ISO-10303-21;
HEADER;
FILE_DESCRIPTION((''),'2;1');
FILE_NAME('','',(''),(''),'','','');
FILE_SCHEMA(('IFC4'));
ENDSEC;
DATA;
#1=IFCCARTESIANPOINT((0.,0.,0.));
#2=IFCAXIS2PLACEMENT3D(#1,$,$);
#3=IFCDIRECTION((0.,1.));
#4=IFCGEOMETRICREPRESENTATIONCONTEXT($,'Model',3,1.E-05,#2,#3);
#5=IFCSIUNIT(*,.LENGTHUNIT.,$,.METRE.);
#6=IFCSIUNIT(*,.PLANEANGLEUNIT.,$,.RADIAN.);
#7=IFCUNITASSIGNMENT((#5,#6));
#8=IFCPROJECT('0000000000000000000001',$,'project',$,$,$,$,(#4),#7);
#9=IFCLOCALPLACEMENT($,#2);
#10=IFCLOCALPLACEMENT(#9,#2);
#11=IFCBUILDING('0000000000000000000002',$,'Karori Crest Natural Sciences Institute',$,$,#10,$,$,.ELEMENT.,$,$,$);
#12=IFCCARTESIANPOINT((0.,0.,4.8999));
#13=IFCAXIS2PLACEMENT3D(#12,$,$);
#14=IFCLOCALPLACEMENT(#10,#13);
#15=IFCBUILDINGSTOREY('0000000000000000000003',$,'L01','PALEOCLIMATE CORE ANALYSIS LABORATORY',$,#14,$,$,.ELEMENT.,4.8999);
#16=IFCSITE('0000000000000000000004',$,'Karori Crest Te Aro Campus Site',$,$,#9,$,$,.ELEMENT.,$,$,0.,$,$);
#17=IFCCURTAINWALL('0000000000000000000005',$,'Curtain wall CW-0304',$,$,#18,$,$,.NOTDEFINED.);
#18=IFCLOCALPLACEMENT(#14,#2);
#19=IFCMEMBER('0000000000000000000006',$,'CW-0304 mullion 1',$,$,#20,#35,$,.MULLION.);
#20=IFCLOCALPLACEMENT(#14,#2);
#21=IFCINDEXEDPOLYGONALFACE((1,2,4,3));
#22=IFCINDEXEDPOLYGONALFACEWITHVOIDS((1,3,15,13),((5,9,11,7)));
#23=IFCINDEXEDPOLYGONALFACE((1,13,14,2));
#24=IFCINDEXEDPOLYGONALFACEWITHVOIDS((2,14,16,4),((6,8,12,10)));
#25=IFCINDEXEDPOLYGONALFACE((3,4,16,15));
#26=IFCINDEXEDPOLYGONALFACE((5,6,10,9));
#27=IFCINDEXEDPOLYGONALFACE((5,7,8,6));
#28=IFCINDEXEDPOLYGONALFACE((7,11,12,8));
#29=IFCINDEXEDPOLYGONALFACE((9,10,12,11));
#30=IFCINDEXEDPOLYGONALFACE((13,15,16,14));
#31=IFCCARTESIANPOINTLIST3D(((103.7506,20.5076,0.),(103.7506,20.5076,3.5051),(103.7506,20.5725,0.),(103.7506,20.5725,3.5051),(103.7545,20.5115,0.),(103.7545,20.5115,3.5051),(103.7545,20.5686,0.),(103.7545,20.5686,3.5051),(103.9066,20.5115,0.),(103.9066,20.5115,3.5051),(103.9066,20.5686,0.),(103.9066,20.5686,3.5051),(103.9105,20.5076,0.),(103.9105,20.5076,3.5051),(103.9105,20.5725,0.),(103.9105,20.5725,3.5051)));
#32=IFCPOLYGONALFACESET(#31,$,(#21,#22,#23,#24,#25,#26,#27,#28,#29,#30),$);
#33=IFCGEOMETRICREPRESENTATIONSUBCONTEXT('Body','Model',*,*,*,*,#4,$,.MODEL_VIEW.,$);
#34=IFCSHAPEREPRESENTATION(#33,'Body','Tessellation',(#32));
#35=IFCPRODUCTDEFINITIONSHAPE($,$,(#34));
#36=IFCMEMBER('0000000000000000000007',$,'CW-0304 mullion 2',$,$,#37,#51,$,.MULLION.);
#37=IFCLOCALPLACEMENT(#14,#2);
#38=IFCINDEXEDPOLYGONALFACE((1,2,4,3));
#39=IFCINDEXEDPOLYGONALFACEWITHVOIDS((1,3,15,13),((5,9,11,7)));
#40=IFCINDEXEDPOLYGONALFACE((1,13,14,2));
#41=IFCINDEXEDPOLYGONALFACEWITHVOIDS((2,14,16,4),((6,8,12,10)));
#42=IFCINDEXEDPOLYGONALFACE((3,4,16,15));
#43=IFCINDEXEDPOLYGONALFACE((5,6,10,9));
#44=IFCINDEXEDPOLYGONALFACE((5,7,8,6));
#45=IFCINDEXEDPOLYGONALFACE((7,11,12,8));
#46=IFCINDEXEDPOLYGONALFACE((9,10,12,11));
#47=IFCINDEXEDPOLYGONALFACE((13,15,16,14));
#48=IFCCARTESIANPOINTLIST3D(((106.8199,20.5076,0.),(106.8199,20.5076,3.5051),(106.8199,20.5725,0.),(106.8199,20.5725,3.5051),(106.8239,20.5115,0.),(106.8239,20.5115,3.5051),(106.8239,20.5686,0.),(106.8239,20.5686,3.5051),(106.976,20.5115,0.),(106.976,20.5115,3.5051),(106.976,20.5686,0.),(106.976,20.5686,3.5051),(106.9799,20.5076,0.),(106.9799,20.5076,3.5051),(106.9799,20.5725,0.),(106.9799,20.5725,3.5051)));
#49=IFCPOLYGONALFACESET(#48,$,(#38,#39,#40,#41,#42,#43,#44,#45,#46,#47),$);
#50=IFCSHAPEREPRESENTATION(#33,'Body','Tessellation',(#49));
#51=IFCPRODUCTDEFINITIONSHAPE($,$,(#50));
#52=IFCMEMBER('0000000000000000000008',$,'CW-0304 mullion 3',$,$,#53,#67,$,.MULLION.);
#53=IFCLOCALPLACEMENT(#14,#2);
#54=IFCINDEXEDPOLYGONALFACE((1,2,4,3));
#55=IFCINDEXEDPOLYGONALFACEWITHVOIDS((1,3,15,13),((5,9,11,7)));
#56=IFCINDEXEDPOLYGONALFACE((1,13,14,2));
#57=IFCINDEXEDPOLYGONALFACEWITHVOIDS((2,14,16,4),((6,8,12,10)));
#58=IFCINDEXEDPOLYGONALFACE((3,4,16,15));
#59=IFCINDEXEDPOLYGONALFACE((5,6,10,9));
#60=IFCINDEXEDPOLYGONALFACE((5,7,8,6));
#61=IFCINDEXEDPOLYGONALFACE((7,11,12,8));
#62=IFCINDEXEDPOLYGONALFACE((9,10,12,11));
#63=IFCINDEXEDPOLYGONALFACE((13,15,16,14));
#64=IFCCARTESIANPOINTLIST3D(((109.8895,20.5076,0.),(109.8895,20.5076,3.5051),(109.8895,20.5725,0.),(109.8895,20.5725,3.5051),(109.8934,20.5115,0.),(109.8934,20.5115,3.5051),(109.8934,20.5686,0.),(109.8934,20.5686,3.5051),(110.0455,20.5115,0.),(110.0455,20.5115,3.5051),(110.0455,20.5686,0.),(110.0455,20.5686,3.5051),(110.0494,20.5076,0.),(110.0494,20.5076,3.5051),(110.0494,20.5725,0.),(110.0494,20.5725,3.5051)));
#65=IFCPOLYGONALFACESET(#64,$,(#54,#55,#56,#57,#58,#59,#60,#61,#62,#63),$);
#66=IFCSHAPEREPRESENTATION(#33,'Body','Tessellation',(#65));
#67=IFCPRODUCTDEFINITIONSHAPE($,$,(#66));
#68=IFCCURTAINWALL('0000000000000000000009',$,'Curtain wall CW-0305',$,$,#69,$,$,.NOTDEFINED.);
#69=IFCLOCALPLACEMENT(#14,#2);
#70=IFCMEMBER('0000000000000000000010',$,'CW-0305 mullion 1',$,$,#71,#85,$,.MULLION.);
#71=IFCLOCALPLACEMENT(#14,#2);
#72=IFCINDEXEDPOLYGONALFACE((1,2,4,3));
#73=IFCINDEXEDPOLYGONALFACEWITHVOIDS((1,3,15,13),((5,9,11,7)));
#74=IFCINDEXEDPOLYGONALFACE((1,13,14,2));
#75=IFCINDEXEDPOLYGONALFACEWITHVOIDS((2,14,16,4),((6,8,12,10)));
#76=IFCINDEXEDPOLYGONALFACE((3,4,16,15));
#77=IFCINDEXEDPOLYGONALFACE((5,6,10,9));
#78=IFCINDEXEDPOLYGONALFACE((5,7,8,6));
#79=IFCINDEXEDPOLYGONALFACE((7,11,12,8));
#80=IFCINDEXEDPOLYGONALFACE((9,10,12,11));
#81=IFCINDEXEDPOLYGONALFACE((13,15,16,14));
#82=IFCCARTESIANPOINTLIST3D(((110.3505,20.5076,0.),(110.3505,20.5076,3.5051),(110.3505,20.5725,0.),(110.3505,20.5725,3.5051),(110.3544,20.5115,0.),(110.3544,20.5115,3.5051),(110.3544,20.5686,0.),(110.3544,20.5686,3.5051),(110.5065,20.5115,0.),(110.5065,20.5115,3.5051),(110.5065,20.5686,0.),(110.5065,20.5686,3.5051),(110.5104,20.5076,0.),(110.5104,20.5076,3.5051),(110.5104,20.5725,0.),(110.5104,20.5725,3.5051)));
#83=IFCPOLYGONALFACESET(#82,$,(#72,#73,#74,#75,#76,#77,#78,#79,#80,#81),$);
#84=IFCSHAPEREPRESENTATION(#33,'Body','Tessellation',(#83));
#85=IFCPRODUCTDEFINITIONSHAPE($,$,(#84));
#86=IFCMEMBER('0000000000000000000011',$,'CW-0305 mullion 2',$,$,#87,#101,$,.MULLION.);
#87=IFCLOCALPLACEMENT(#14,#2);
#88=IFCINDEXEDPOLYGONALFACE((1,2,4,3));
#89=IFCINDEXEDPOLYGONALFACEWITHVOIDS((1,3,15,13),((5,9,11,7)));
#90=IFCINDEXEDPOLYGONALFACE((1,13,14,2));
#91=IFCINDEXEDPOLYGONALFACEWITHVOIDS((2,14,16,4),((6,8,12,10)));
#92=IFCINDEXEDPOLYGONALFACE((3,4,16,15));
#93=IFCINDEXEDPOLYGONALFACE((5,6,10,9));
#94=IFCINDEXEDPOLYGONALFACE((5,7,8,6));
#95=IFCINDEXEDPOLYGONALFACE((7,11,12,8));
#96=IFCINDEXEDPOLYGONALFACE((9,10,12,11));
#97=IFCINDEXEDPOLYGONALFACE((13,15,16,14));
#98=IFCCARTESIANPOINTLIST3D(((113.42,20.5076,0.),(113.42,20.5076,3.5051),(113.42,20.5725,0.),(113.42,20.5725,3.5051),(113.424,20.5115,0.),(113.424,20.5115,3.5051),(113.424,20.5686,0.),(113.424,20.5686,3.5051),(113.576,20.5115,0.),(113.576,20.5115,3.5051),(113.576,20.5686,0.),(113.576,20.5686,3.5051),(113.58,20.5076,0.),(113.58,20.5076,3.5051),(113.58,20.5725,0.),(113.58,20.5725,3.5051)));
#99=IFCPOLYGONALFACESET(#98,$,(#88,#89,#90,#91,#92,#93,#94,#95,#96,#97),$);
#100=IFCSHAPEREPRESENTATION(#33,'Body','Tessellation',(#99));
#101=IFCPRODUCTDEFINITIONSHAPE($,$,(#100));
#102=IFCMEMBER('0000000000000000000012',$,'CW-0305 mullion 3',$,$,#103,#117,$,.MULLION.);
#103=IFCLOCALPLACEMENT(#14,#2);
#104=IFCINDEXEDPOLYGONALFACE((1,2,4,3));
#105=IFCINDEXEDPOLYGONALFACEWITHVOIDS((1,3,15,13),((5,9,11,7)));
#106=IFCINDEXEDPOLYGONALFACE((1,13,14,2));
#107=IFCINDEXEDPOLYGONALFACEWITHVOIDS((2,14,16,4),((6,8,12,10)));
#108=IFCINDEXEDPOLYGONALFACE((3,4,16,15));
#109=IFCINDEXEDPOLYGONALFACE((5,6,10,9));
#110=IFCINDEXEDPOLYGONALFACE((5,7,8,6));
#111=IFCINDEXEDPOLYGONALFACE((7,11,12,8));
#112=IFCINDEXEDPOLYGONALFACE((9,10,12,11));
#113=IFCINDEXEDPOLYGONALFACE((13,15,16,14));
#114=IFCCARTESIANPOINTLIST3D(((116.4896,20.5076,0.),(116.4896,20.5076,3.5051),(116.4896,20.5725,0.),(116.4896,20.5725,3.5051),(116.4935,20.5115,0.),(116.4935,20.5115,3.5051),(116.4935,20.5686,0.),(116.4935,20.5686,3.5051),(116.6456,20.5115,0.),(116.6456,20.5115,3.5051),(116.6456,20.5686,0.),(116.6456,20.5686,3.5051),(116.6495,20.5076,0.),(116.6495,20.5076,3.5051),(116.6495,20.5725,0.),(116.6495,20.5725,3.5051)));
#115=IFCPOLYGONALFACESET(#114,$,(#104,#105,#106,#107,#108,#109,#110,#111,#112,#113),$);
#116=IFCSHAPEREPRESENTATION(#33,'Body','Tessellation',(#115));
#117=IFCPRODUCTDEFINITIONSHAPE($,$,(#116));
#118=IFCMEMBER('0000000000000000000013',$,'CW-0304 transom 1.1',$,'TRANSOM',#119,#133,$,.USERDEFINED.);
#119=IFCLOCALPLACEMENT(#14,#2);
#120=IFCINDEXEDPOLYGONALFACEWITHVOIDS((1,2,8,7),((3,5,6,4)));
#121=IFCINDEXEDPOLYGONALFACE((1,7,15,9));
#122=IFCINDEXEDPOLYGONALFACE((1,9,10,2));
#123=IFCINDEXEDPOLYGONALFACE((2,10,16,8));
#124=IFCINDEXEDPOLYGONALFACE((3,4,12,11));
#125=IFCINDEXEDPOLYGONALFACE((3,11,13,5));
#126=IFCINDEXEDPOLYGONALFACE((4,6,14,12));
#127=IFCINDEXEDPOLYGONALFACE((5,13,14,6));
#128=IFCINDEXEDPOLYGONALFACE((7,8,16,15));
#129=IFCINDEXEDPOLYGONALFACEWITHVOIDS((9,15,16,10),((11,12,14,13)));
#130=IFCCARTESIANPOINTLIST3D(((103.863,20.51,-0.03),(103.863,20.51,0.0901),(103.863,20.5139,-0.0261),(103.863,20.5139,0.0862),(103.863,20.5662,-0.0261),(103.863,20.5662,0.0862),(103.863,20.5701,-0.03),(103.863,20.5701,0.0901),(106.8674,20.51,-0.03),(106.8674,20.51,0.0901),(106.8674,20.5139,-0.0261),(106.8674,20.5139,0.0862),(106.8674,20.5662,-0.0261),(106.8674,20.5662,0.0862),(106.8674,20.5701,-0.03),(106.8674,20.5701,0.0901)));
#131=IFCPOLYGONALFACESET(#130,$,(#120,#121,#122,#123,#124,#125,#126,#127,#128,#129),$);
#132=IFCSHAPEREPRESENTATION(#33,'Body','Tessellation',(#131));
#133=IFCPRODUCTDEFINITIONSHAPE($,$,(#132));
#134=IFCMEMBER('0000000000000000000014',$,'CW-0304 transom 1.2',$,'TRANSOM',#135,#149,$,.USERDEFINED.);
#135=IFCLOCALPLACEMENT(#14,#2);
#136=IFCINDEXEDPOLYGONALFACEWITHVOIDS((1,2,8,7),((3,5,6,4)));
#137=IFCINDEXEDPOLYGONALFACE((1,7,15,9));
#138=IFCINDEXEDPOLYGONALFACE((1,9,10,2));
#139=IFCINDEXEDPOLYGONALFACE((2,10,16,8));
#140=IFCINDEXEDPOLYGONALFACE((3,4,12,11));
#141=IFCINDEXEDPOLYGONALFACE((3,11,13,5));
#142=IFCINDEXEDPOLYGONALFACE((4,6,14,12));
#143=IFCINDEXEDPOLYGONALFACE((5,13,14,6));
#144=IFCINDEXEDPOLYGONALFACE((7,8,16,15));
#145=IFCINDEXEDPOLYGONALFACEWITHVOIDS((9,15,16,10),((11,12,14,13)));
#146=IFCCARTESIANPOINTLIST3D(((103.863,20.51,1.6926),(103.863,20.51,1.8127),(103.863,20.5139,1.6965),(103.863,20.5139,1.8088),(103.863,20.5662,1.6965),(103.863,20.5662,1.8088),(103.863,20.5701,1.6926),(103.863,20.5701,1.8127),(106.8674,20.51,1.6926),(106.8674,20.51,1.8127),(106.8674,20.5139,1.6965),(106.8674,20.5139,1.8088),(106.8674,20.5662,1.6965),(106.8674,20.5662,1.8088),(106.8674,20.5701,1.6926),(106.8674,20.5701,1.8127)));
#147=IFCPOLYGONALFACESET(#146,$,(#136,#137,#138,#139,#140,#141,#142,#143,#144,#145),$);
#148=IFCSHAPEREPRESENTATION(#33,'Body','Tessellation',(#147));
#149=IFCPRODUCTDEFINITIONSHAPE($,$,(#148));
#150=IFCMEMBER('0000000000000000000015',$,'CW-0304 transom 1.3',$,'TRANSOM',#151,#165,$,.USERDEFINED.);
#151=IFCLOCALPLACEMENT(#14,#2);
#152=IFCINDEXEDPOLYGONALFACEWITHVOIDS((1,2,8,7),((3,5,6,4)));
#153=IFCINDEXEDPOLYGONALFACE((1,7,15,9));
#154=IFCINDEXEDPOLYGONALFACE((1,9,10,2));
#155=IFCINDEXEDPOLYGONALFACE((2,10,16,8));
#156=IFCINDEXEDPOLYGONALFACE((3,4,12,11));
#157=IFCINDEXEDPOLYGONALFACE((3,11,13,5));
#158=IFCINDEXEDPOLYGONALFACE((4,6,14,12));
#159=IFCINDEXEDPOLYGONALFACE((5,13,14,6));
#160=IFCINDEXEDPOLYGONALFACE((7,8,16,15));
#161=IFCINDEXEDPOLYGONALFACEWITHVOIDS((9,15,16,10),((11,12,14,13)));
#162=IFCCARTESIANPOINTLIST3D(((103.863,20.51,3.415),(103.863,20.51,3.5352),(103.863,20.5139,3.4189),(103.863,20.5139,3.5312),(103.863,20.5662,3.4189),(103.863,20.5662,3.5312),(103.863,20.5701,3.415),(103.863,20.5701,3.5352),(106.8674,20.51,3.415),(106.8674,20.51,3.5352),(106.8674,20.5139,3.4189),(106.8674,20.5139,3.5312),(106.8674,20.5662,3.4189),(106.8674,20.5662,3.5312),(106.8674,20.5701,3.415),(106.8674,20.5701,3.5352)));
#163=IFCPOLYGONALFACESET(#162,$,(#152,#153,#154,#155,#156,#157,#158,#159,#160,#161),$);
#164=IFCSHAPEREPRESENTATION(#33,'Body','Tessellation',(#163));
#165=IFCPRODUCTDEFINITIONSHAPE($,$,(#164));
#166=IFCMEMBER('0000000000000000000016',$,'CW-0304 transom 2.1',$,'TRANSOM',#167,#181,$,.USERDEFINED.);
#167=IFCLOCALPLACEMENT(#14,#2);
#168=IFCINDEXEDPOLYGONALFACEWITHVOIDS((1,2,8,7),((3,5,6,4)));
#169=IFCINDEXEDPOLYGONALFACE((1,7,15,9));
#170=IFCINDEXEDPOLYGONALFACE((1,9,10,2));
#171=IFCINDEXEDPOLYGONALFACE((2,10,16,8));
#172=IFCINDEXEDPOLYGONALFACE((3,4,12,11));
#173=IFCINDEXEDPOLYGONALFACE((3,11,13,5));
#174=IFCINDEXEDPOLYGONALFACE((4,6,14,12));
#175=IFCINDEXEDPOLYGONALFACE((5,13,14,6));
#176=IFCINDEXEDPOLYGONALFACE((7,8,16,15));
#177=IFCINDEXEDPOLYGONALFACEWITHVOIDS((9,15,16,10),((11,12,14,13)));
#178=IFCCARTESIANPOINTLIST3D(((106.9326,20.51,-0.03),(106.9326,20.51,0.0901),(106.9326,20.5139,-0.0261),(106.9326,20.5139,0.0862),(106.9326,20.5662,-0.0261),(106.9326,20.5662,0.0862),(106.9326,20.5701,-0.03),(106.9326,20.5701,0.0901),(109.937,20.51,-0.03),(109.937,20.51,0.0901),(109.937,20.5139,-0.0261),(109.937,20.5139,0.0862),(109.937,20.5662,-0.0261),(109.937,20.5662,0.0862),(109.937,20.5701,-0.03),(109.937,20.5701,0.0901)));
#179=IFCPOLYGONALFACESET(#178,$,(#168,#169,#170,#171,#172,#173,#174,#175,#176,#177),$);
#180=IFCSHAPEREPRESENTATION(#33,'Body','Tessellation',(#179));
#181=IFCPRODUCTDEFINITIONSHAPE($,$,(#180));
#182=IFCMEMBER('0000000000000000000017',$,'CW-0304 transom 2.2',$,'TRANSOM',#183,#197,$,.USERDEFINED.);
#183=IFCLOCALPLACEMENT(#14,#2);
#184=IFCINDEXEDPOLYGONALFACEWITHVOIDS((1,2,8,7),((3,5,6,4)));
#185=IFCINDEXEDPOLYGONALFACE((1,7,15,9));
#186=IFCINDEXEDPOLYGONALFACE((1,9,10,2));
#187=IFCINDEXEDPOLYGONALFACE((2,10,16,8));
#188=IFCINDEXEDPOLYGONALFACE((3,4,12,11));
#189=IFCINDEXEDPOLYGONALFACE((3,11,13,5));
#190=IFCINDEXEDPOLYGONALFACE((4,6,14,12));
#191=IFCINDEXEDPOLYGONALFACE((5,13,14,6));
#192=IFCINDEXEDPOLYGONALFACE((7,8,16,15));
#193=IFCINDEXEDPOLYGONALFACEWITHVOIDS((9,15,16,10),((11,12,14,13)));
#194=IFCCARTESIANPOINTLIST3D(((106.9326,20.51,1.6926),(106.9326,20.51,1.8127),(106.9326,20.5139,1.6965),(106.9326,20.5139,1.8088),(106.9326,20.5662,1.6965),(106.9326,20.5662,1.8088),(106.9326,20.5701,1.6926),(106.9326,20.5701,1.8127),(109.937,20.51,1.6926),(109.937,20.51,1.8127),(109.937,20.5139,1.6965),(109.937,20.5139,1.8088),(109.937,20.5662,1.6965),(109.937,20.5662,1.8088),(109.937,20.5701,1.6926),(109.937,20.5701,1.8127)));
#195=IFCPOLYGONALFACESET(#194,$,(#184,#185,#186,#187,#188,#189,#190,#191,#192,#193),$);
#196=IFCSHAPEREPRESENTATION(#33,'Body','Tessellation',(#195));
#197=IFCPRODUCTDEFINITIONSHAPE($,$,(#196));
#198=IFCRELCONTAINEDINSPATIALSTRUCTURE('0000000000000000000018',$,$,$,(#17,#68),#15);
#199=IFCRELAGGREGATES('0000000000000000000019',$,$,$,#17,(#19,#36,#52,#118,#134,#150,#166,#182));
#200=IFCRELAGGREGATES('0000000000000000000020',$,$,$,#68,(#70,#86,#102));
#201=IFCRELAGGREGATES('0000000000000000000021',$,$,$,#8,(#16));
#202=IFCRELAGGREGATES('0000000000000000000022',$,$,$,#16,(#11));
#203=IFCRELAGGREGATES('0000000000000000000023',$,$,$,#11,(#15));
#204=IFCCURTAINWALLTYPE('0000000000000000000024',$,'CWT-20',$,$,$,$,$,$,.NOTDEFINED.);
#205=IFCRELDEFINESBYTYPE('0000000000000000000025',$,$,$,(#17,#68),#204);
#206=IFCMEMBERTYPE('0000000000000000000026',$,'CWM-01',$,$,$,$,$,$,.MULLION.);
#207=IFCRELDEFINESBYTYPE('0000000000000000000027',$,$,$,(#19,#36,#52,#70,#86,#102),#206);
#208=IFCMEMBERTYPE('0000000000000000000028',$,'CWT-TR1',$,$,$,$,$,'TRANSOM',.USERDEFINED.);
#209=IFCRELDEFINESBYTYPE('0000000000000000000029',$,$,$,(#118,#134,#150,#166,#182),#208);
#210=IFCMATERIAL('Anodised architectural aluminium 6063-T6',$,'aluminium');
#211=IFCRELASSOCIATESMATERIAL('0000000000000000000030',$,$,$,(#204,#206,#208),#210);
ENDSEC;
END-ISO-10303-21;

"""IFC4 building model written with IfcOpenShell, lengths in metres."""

from ifc_helpers import new_model, si_unit, direction, frame, origin, origin_2d, place, context, subcontext, project, spatial, hollow_rectangle, extrude, material, material_profile, profile_set, type_object, element, aggregate, save


model = new_model("IFC4")

# Units and contexts
model_context = context("Model", 3, precision=1e-05, world=origin(), true_north=direction((0.0, 1.0)))
body_context = subcontext(model_context, "Body", "Model", "MODEL_VIEW")
ifc_project = project(units=[si_unit("LENGTHUNIT", "METRE"), si_unit("PLANEANGLEUNIT", "RADIAN")], contexts=[model_context])

# Site, building, storey
site_placement = place(None, origin())
site = spatial("IfcSite", under=ifc_project, at=site_placement, Name="Karori Crest Te Aro Campus Site", CompositionType="ELEMENT", RefElevation=0.0)
building_placement = place(site_placement, origin())
building = spatial("IfcBuilding", under=site, at=building_placement, Name="Karori Crest Natural Sciences Institute", CompositionType="ELEMENT")
storey_placement = place(building_placement, frame((0.0, 0.0, 4.8999)))
storey = spatial("IfcBuildingStorey", under=building, at=storey_placement, Name="L01", Description="PALEOCLIMATE CORE ANALYSIS LABORATORY", CompositionType="ELEMENT", Elevation=4.8999)

# Curtain walls, members
ifc_material_1 = material(Name="Anodised architectural aluminium 6063-T6", Category="aluminium")
curtain_wall_type = type_object("IfcCurtainWallType", Name="CWT-20", PredefinedType="NOTDEFINED", material=ifc_material_1)
curtain_wall_1_placement = place(storey_placement, origin())
curtain_wall_1 = element("IfcCurtainWall", 1, at=curtain_wall_1_placement, inside=storey, type_object=curtain_wall_type, Name="Curtain wall CW-0304", PredefinedType="NOTDEFINED")
ifc_material_profile_1 = material_profile(ifc_material_1, hollow_rectangle(XDim=0.0649, YDim=0.1599, WallThickness=0.0039, at=origin_2d()), Name="CWM160x65x4")
ifc_profile_set_1 = profile_set([ifc_material_profile_1], Name="Anodised architectural aluminium 6063-T6")
member_type_1 = type_object("IfcMemberType", Name="CWM-01", PredefinedType="MULLION", material=ifc_profile_set_1)
member_1_placement = place(storey_placement, frame((103.8306, 20.54, 0.0), z_axis=(0.0, 0.0, 1.0), x_axis=(0.0, 1.0, 0.0)))
member_1 = element("IfcMember", 2, at=member_1_placement, type_object=member_type_1, Name="CW-0304 mullion 1", PredefinedType="MULLION", context=body_context, shape_type="SweptSolid", body=[
    extrude(hollow_rectangle(XDim=0.0649, YDim=0.1599, WallThickness=0.0039, at=origin_2d()), origin(), (0.0, 0.0, 1.0), 3.5051),
])
member_2_placement = place(storey_placement, frame((106.8999, 20.54, 0.0), z_axis=(0.0, 0.0, 1.0), x_axis=(0.0, 1.0, 0.0)))
member_2 = element("IfcMember", 3, at=member_2_placement, type_object=member_type_1, Name="CW-0304 mullion 2", PredefinedType="MULLION", context=body_context, shape_type="SweptSolid", body=[
    extrude(hollow_rectangle(XDim=0.0649, YDim=0.1599, WallThickness=0.0039, at=origin_2d()), origin(), (0.0, 0.0, 1.0), 3.5051),
])
member_3_placement = place(storey_placement, frame((109.9695, 20.54, 0.0), z_axis=(0.0, 0.0, 1.0), x_axis=(0.0, 1.0, 0.0)))
member_3 = element("IfcMember", 4, at=member_3_placement, type_object=member_type_1, Name="CW-0304 mullion 3", PredefinedType="MULLION", context=body_context, shape_type="SweptSolid", body=[
    extrude(hollow_rectangle(XDim=0.0649, YDim=0.1599, WallThickness=0.0039, at=origin_2d()), origin(), (0.0, 0.0, 1.0), 3.5051),
])
curtain_wall_2_placement = place(storey_placement, origin())
curtain_wall_2 = element("IfcCurtainWall", 5, at=curtain_wall_2_placement, inside=storey, type_object=curtain_wall_type, Name="Curtain wall CW-0305", PredefinedType="NOTDEFINED")
member_4_placement = place(storey_placement, frame((110.4304, 20.54, 0.0), z_axis=(0.0, 0.0, 1.0), x_axis=(0.0, 1.0, 0.0)))
member_4 = element("IfcMember", 6, at=member_4_placement, type_object=member_type_1, Name="CW-0305 mullion 1", PredefinedType="MULLION", context=body_context, shape_type="SweptSolid", body=[
    extrude(hollow_rectangle(XDim=0.0649, YDim=0.1599, WallThickness=0.0039, at=origin_2d()), origin(), (0.0, 0.0, 1.0), 3.5051),
])
member_5_placement = place(storey_placement, frame((113.5, 20.54, 0.0), z_axis=(0.0, 0.0, 1.0), x_axis=(0.0, 1.0, 0.0)))
member_5 = element("IfcMember", 7, at=member_5_placement, type_object=member_type_1, Name="CW-0305 mullion 2", PredefinedType="MULLION", context=body_context, shape_type="SweptSolid", body=[
    extrude(hollow_rectangle(XDim=0.0649, YDim=0.1599, WallThickness=0.0039, at=origin_2d()), origin(), (0.0, 0.0, 1.0), 3.5051),
])
member_6_placement = place(storey_placement, frame((116.5696, 20.54, 0.0), z_axis=(0.0, 0.0, 1.0), x_axis=(0.0, 1.0, 0.0)))
member_6 = element("IfcMember", 8, at=member_6_placement, type_object=member_type_1, Name="CW-0305 mullion 3", PredefinedType="MULLION", context=body_context, shape_type="SweptSolid", body=[
    extrude(hollow_rectangle(XDim=0.0649, YDim=0.1599, WallThickness=0.0039, at=origin_2d()), origin(), (0.0, 0.0, 1.0), 3.5051),
])

# Members
ifc_material_profile_2 = material_profile(ifc_material_1, hollow_rectangle(XDim=0.0601, YDim=0.1201, WallThickness=0.0039, at=origin_2d()), Name="CWT120x60x4")
ifc_profile_set_2 = profile_set([ifc_material_profile_2], Name="Anodised architectural aluminium 6063-T6")
member_type_2 = type_object("IfcMemberType", Name="CWT-TR1", ElementType="TRANSOM", PredefinedType="USERDEFINED", material=ifc_profile_set_2)
member_7_placement = place(storey_placement, frame((103.863, 20.54, 0.03), z_axis=(1.0, 0.0, 0.0), x_axis=(0.0, 1.0, 0.0)))
member_7 = element("IfcMember", 9, at=member_7_placement, type_object=member_type_2, Name="CW-0304 transom 1.1", ObjectType="TRANSOM", PredefinedType="USERDEFINED", context=body_context, shape_type="SweptSolid", body=[
    extrude(hollow_rectangle(XDim=0.0601, YDim=0.1201, WallThickness=0.0039, at=origin_2d()), origin(), (0.0, 0.0, 1.0), 3.0044),
])
member_8_placement = place(storey_placement, frame((103.863, 20.54, 1.7527), z_axis=(1.0, 0.0, 0.0), x_axis=(0.0, 1.0, 0.0)))
member_8 = element("IfcMember", 10, at=member_8_placement, type_object=member_type_2, Name="CW-0304 transom 1.2", ObjectType="TRANSOM", PredefinedType="USERDEFINED", context=body_context, shape_type="SweptSolid", body=[
    extrude(hollow_rectangle(XDim=0.0601, YDim=0.1201, WallThickness=0.0039, at=origin_2d()), origin(), (0.0, 0.0, 1.0), 3.0044),
])
member_9_placement = place(storey_placement, frame((103.863, 20.54, 3.4751), z_axis=(1.0, 0.0, 0.0), x_axis=(0.0, 1.0, 0.0)))
member_9 = element("IfcMember", 11, at=member_9_placement, type_object=member_type_2, Name="CW-0304 transom 1.3", ObjectType="TRANSOM", PredefinedType="USERDEFINED", context=body_context, shape_type="SweptSolid", body=[
    extrude(hollow_rectangle(XDim=0.0601, YDim=0.1201, WallThickness=0.0039, at=origin_2d()), origin(), (0.0, 0.0, 1.0), 3.0044),
])
member_10_placement = place(storey_placement, frame((106.9326, 20.54, 0.03), z_axis=(1.0, 0.0, 0.0), x_axis=(0.0, 1.0, 0.0)))
member_10 = element("IfcMember", 12, at=member_10_placement, type_object=member_type_2, Name="CW-0304 transom 2.1", ObjectType="TRANSOM", PredefinedType="USERDEFINED", context=body_context, shape_type="SweptSolid", body=[
    extrude(hollow_rectangle(XDim=0.0601, YDim=0.1201, WallThickness=0.0039, at=origin_2d()), origin(), (0.0, 0.0, 1.0), 3.0044),
])
member_11_placement = place(storey_placement, frame((106.9326, 20.54, 1.7527), z_axis=(1.0, 0.0, 0.0), x_axis=(0.0, 1.0, 0.0)))
member_11 = element("IfcMember", 13, at=member_11_placement, type_object=member_type_2, Name="CW-0304 transom 2.2", ObjectType="TRANSOM", PredefinedType="USERDEFINED", context=body_context, shape_type="SweptSolid", body=[
    extrude(hollow_rectangle(XDim=0.0601, YDim=0.1201, WallThickness=0.0039, at=origin_2d()), origin(), (0.0, 0.0, 1.0), 3.0044),
])

aggregate(curtain_wall_1, [member_1, member_2, member_3, member_7, member_8, member_9, member_10, member_11])
aggregate(curtain_wall_2, [member_4, member_5, member_6])

save(model, "model.ifc")
